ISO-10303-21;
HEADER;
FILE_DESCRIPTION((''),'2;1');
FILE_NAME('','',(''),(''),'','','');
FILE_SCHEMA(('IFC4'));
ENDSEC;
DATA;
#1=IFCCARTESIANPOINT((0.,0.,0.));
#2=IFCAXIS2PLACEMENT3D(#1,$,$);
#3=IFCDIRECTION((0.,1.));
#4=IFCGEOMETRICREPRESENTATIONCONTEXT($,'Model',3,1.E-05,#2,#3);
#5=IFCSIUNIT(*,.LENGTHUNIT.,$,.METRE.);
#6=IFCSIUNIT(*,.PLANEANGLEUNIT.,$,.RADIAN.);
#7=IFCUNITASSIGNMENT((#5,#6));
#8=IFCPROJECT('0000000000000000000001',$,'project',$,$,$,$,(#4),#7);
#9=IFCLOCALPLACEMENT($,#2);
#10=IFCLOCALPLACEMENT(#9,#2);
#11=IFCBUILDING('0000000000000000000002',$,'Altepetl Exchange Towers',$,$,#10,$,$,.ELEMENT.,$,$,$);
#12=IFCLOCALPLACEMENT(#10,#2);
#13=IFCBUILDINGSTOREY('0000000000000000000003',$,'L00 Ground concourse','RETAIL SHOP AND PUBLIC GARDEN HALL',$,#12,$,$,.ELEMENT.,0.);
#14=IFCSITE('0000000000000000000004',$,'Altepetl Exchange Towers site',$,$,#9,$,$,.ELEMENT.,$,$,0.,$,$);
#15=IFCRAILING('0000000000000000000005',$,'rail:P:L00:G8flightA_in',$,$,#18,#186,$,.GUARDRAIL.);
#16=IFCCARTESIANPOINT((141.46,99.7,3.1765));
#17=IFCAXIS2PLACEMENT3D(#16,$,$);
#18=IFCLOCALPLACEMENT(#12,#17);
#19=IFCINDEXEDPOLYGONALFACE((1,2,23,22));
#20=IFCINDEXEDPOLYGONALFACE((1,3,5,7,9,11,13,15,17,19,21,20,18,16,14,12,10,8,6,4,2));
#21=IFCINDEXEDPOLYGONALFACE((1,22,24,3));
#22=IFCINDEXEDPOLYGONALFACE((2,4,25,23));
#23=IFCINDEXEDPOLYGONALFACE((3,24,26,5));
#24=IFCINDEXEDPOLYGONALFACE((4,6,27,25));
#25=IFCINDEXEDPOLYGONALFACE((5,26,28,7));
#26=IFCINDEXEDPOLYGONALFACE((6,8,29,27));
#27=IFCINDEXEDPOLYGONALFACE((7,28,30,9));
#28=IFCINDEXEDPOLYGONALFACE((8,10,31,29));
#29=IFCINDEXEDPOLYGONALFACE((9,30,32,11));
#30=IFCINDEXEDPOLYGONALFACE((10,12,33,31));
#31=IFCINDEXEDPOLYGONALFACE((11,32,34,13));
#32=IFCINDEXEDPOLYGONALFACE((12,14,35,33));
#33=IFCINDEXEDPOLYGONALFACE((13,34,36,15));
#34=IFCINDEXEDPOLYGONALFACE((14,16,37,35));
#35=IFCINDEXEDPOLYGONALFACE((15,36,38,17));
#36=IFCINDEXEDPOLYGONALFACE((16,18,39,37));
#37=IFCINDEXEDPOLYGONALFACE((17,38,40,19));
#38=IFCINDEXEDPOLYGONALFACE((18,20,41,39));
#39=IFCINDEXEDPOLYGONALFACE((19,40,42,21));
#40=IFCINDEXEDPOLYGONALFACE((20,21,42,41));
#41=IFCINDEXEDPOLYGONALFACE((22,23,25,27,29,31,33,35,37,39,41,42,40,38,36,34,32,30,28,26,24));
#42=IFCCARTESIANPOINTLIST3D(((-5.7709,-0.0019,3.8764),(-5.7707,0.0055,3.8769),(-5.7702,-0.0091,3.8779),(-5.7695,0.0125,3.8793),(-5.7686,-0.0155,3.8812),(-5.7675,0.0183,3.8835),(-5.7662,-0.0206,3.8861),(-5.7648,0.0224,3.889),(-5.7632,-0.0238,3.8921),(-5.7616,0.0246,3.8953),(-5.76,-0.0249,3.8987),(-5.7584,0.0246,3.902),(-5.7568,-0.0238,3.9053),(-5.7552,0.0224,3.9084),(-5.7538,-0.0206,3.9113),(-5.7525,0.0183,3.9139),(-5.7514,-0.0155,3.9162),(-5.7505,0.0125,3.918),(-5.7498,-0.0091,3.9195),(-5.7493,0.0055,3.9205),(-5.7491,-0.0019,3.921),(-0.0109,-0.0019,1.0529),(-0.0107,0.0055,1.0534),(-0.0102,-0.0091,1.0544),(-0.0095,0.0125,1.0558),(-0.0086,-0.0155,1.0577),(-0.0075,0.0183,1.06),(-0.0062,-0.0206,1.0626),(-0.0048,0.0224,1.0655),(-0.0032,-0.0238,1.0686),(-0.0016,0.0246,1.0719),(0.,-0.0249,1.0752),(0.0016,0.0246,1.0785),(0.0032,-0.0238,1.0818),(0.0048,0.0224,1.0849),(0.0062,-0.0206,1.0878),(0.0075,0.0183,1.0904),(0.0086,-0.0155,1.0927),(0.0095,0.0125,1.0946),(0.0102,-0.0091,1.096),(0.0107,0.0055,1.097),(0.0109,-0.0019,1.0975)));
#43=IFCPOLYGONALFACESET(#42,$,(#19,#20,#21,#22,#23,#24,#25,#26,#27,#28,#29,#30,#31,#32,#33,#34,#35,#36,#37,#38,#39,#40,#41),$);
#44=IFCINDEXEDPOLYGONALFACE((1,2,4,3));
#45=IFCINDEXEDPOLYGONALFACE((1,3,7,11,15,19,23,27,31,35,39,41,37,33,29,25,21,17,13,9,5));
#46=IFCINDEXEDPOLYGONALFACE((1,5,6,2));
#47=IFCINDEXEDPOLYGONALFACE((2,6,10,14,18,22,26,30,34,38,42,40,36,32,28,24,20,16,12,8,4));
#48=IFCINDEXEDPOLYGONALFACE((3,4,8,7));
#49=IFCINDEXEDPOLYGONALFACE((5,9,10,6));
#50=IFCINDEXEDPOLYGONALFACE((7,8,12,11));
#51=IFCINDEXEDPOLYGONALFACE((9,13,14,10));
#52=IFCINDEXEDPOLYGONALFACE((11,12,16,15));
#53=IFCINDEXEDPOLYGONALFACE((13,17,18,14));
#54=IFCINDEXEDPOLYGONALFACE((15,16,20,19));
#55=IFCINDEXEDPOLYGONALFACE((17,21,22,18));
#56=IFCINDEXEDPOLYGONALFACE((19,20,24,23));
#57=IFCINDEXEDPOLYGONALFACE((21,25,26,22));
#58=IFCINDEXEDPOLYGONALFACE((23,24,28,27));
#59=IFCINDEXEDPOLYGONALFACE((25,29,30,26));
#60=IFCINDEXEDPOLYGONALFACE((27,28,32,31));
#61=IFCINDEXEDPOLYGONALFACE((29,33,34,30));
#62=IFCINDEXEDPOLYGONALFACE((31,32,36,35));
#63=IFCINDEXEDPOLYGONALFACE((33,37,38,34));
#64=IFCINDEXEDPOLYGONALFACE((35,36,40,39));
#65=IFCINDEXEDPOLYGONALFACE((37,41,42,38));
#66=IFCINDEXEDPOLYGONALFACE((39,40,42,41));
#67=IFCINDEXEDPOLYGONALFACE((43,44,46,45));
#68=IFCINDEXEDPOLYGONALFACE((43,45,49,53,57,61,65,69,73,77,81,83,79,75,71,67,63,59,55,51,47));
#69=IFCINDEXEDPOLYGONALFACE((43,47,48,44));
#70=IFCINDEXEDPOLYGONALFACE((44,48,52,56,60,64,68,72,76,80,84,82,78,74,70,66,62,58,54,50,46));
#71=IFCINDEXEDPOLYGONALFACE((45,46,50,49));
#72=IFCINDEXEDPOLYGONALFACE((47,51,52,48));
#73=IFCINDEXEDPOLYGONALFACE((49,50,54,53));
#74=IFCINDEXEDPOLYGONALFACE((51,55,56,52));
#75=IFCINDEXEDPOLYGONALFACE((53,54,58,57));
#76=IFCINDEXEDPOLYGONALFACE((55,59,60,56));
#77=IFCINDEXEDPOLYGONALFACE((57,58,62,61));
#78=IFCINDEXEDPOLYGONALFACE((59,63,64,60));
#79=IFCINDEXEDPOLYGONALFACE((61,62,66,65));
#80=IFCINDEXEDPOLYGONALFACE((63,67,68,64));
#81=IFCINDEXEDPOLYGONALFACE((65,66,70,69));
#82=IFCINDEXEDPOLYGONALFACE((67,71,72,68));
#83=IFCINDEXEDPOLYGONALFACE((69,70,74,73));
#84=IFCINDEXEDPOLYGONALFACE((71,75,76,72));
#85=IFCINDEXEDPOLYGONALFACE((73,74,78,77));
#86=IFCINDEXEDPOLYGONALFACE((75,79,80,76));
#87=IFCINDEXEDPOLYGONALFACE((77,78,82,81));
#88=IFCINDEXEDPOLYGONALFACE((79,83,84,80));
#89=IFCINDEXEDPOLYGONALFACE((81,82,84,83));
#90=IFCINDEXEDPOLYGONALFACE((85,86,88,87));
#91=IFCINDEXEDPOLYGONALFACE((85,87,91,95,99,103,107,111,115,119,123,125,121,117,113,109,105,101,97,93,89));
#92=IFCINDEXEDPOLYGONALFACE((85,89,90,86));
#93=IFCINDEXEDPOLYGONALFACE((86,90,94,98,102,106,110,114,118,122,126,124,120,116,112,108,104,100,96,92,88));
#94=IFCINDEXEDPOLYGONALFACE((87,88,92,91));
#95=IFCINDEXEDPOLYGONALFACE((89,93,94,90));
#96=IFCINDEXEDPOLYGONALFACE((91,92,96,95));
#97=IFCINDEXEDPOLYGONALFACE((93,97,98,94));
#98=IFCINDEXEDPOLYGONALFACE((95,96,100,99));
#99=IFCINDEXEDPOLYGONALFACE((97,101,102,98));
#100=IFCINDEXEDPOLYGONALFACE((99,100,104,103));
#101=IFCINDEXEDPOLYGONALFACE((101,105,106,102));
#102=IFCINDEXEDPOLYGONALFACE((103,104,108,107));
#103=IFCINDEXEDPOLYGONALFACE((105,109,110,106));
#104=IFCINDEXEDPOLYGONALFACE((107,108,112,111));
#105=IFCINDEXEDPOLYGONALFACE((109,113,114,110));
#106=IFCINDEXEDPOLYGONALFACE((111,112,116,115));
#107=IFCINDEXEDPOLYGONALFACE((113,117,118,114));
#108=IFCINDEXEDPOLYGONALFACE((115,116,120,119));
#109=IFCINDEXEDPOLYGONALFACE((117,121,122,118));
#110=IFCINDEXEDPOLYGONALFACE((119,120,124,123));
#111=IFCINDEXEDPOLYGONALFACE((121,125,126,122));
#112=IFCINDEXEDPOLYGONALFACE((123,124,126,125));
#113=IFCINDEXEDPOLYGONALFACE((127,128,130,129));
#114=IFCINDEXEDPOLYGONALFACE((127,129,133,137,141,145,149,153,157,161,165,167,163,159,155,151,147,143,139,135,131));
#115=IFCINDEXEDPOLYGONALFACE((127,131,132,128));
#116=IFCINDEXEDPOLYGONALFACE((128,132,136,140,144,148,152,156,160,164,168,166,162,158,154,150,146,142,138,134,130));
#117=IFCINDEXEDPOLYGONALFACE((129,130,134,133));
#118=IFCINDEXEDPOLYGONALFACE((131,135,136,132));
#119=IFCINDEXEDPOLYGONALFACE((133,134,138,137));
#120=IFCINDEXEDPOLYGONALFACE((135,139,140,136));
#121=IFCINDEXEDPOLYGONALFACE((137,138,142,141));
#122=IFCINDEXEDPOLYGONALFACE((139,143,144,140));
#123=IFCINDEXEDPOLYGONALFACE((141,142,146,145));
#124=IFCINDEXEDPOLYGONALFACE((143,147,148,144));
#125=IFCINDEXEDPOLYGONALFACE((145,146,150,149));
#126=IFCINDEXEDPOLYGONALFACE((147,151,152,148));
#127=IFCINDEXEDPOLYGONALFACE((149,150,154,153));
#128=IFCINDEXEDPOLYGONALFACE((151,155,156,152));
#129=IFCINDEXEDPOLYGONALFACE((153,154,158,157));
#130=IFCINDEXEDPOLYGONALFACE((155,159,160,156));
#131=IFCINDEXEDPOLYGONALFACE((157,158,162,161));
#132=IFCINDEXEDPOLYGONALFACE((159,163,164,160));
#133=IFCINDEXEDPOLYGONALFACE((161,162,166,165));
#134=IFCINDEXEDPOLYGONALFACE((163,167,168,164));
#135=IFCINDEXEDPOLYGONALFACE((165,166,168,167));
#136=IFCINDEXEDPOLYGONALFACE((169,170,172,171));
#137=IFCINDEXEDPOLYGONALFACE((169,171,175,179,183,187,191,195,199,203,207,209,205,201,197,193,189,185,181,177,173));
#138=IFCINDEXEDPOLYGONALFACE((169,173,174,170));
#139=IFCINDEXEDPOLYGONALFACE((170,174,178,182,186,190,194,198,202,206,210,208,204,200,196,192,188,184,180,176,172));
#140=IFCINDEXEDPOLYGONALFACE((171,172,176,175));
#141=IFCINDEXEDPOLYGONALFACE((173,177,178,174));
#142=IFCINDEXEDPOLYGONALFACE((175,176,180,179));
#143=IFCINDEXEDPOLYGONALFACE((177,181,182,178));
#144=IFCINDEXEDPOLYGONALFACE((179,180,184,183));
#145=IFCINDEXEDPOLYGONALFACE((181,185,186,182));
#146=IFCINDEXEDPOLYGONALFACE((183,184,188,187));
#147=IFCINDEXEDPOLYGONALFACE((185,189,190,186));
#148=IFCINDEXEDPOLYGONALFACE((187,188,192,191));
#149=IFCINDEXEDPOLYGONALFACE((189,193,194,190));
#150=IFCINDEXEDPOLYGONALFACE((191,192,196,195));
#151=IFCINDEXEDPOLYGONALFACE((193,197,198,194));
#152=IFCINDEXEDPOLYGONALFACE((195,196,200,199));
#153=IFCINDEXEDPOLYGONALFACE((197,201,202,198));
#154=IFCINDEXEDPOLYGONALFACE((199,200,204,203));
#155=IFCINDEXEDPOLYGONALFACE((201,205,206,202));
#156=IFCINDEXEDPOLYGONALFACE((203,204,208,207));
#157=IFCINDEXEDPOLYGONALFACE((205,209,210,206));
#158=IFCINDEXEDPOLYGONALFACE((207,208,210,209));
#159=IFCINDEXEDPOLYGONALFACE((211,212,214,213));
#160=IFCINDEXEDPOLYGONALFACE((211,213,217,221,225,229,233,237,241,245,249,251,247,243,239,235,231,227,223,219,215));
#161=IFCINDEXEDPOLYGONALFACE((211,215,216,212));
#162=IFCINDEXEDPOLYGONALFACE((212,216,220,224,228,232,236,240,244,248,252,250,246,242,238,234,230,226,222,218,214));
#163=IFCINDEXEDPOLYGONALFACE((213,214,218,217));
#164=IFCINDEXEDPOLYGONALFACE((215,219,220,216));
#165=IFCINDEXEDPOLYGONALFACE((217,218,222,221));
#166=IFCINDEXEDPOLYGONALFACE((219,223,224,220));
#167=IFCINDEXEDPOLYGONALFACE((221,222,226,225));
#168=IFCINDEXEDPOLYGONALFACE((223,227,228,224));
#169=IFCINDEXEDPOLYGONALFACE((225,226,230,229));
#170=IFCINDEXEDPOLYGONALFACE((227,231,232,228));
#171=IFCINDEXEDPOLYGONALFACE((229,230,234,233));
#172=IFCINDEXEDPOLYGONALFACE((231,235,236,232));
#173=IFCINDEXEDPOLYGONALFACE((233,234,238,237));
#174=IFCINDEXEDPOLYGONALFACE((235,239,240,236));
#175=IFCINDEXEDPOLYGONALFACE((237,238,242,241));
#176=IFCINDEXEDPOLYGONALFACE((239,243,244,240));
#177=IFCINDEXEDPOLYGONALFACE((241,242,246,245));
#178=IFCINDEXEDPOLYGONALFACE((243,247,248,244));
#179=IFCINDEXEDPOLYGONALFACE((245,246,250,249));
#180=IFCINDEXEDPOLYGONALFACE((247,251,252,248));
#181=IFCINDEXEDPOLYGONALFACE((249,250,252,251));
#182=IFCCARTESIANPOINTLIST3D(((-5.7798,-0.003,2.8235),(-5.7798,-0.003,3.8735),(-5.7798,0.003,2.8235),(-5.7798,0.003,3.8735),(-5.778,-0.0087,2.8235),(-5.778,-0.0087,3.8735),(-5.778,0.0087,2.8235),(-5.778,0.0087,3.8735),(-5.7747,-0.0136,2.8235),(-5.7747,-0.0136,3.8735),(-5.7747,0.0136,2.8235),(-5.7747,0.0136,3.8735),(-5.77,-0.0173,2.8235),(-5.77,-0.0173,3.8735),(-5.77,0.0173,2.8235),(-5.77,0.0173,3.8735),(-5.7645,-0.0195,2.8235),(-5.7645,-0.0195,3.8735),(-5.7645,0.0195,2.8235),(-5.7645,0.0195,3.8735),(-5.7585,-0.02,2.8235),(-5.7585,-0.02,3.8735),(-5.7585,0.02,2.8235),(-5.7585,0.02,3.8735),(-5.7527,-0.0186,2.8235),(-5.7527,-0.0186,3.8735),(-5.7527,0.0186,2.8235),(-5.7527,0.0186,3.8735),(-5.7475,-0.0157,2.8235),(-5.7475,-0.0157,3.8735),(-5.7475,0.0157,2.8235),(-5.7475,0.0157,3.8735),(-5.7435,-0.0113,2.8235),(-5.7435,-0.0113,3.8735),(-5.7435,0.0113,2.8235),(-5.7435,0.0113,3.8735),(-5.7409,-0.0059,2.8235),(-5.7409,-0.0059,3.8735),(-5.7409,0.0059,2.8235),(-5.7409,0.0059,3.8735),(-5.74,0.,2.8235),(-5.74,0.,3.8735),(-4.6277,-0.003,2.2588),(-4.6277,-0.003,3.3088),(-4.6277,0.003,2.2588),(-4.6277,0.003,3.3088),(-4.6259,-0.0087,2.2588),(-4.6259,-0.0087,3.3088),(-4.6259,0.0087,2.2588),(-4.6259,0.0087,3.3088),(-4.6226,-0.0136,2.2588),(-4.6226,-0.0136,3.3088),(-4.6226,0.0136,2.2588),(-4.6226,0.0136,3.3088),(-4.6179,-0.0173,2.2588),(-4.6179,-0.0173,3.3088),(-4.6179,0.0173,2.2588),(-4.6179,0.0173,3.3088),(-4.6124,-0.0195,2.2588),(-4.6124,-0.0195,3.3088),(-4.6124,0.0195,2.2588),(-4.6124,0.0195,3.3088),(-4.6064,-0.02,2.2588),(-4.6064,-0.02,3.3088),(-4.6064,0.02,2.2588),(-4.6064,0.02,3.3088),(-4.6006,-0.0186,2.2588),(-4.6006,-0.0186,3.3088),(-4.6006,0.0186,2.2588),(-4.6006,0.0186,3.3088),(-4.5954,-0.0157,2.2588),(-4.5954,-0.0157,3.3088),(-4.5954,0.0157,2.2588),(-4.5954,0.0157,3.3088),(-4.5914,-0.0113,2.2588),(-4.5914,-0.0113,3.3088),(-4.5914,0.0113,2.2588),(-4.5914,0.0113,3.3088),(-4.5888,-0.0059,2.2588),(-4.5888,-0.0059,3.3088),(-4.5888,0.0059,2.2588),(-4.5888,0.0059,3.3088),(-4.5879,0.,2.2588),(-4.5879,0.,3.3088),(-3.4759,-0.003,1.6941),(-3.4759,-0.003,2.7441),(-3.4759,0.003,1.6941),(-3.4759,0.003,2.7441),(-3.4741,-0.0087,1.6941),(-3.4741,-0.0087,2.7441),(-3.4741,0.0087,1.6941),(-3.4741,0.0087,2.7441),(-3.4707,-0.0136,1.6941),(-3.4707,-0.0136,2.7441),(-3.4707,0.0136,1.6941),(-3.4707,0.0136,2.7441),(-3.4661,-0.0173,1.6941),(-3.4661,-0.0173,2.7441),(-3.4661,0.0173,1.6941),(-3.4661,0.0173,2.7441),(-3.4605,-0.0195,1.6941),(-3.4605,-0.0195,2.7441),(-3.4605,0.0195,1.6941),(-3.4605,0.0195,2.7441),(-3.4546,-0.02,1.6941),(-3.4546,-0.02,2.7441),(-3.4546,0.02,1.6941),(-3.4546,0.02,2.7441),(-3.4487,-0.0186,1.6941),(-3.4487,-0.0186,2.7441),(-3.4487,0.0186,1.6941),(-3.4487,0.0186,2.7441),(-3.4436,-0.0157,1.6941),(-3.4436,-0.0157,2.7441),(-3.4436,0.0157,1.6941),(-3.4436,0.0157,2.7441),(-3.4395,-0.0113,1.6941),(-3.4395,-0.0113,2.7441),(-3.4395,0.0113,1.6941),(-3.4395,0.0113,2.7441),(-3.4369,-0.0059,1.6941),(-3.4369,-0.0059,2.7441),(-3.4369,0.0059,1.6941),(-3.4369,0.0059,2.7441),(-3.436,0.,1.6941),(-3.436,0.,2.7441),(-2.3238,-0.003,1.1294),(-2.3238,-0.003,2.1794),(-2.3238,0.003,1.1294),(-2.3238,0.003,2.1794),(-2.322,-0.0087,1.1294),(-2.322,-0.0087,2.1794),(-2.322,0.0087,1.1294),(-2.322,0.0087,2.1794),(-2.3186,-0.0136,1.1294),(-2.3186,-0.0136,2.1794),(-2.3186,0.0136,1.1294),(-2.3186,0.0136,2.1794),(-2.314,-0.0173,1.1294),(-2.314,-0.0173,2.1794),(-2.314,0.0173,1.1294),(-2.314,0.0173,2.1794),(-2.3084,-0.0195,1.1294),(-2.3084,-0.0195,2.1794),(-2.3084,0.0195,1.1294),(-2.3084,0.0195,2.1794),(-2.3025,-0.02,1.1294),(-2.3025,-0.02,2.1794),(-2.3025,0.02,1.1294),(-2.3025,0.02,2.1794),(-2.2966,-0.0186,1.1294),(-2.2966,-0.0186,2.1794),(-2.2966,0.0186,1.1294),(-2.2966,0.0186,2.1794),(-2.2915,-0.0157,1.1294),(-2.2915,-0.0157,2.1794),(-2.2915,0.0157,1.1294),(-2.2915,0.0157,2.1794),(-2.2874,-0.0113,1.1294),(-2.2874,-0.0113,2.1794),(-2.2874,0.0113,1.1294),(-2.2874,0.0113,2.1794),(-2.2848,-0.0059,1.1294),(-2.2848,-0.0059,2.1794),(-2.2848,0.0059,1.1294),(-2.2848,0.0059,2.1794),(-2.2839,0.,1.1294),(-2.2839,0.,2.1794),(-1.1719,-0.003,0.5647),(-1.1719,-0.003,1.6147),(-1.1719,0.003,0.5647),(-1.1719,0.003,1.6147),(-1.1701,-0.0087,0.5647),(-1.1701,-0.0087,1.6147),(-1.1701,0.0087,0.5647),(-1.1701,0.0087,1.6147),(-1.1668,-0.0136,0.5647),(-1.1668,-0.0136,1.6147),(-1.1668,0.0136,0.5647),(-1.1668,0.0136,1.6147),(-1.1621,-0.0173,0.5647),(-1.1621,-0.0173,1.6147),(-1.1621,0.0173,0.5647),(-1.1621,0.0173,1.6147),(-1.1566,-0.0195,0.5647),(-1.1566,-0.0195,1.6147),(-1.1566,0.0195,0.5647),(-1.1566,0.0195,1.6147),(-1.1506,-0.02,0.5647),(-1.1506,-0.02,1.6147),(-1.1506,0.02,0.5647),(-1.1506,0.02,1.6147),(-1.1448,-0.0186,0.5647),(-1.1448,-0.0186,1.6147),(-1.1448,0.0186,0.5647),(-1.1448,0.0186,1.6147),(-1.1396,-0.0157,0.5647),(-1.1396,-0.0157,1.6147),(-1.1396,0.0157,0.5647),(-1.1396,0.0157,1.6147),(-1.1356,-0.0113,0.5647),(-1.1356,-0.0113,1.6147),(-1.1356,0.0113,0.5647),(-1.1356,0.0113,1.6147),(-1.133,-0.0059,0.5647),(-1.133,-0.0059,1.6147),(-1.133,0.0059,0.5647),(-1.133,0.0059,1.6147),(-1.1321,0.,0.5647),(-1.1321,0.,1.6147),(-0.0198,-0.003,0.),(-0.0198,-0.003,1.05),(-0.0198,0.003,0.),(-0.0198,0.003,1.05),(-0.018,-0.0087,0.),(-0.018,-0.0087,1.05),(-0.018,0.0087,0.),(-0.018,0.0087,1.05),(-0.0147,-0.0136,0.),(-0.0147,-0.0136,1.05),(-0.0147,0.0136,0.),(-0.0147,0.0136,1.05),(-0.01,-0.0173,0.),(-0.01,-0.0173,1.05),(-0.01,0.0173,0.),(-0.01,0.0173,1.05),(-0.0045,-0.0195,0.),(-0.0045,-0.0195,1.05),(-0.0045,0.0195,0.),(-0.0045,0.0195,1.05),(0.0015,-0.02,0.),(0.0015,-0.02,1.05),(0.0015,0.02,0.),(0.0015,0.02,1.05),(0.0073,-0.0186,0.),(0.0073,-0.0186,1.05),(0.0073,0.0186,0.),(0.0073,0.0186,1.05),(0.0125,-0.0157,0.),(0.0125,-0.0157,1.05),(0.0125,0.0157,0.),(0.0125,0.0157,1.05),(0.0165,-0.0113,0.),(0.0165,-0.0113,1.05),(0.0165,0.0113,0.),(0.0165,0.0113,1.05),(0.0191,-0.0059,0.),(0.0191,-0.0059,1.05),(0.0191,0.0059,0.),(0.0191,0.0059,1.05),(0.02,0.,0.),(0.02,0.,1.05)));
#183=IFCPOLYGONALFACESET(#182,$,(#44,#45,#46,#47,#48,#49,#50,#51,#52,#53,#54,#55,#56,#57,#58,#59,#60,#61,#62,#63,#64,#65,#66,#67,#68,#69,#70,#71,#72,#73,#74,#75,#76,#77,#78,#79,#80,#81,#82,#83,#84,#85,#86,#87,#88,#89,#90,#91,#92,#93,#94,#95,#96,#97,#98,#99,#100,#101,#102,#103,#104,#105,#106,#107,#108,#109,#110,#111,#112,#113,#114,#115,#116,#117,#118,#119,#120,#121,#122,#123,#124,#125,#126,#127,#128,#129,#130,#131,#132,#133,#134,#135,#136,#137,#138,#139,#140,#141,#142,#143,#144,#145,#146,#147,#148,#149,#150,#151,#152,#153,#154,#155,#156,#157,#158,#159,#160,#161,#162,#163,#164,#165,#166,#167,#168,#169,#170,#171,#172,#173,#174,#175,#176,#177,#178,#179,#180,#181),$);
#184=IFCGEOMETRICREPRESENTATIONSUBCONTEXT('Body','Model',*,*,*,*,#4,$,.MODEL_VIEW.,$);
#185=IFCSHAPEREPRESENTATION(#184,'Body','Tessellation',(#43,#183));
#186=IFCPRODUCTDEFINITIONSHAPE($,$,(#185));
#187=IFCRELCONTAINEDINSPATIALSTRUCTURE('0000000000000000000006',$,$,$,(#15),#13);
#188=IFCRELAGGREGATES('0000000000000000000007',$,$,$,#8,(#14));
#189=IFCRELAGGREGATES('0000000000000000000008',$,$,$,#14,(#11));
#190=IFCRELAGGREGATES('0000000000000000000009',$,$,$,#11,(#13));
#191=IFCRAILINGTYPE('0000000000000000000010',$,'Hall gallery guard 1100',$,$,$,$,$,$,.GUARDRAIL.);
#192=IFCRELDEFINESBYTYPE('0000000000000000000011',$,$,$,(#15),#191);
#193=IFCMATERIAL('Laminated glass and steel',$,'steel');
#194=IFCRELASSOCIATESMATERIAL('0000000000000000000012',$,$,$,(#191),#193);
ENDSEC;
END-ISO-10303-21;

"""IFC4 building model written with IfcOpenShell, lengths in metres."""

from ifc_helpers import new_model, si_unit, direction, frame, origin, origin_2d, place, context, subcontext, project, spatial, circle, extrude, source, transform, mapped, material, type_object, element, save


model = new_model("IFC4")

# Units and contexts
model_context = context("Model", 3, precision=1e-05, world=origin(), true_north=direction((0.0, 1.0)))
body_context = subcontext(model_context, "Body", "Model", "MODEL_VIEW")
ifc_project = project(units=[si_unit("LENGTHUNIT", "METRE"), si_unit("PLANEANGLEUNIT", "RADIAN")], contexts=[model_context])

# Site, building, storey
site_placement = place(None, origin())
site = spatial("IfcSite", under=ifc_project, at=site_placement, Name="Altepetl Exchange Towers site", CompositionType="ELEMENT", RefElevation=0.0)
building_placement = place(site_placement, origin())
building = spatial("IfcBuilding", under=site, at=building_placement, Name="Altepetl Exchange Towers", CompositionType="ELEMENT")
storey_placement = place(building_placement, origin())
storey = spatial("IfcBuildingStorey", under=building, at=storey_placement, Name="L00 Ground concourse", Description="RETAIL SHOP AND PUBLIC GARDEN HALL", CompositionType="ELEMENT", Elevation=0.0)

# Railing
ifc_material_1 = material(Name="Laminated glass and steel", Category="steel")
railing_type_1 = type_object("IfcRailingType", Name="Hall gallery guard 1100", PredefinedType="GUARDRAIL", material=ifc_material_1)
shared_shape_1 = source(origin(), body_context, "Body", "SweptSolid", [
    extrude(circle(Radius=0.02, at=origin_2d()), origin(), (0.0, 0.0, 1.0), 1.05),
])
for number, where, name in (
    (1, (141.46, 99.7, 3.1765), "rail:P:L00:G8flightA_in"),
):
    element("IfcRailing", number, at=place(storey_placement, frame(where)), inside=storey, type_object=railing_type_1, Name=name, PredefinedType="GUARDRAIL", context=body_context, shape_type="SweptSolid", body=[
        extrude(circle(Radius=0.0249, at=origin_2d()), frame((0.0, 0.0, 1.0752), z_axis=(-0.897924, 0.0, 0.440151), x_axis=(0.0, -1.0, 0.0)), (0.0, 0.0, 1.0), 6.4148),
        mapped(shared_shape_1, transform((0.0, 0.0, 0.0))),
        mapped(shared_shape_1, transform((-1.1521, 0.0, 0.5647))),
        mapped(shared_shape_1, transform((-2.304, 0.0, 1.1294))),
        mapped(shared_shape_1, transform((-3.4561, 0.0, 1.6941))),
        mapped(shared_shape_1, transform((-4.6079, 0.0, 2.2588))),
        mapped(shared_shape_1, transform((-5.76, 0.0, 2.8235))),
    ])

save(model, "model.ifc")
